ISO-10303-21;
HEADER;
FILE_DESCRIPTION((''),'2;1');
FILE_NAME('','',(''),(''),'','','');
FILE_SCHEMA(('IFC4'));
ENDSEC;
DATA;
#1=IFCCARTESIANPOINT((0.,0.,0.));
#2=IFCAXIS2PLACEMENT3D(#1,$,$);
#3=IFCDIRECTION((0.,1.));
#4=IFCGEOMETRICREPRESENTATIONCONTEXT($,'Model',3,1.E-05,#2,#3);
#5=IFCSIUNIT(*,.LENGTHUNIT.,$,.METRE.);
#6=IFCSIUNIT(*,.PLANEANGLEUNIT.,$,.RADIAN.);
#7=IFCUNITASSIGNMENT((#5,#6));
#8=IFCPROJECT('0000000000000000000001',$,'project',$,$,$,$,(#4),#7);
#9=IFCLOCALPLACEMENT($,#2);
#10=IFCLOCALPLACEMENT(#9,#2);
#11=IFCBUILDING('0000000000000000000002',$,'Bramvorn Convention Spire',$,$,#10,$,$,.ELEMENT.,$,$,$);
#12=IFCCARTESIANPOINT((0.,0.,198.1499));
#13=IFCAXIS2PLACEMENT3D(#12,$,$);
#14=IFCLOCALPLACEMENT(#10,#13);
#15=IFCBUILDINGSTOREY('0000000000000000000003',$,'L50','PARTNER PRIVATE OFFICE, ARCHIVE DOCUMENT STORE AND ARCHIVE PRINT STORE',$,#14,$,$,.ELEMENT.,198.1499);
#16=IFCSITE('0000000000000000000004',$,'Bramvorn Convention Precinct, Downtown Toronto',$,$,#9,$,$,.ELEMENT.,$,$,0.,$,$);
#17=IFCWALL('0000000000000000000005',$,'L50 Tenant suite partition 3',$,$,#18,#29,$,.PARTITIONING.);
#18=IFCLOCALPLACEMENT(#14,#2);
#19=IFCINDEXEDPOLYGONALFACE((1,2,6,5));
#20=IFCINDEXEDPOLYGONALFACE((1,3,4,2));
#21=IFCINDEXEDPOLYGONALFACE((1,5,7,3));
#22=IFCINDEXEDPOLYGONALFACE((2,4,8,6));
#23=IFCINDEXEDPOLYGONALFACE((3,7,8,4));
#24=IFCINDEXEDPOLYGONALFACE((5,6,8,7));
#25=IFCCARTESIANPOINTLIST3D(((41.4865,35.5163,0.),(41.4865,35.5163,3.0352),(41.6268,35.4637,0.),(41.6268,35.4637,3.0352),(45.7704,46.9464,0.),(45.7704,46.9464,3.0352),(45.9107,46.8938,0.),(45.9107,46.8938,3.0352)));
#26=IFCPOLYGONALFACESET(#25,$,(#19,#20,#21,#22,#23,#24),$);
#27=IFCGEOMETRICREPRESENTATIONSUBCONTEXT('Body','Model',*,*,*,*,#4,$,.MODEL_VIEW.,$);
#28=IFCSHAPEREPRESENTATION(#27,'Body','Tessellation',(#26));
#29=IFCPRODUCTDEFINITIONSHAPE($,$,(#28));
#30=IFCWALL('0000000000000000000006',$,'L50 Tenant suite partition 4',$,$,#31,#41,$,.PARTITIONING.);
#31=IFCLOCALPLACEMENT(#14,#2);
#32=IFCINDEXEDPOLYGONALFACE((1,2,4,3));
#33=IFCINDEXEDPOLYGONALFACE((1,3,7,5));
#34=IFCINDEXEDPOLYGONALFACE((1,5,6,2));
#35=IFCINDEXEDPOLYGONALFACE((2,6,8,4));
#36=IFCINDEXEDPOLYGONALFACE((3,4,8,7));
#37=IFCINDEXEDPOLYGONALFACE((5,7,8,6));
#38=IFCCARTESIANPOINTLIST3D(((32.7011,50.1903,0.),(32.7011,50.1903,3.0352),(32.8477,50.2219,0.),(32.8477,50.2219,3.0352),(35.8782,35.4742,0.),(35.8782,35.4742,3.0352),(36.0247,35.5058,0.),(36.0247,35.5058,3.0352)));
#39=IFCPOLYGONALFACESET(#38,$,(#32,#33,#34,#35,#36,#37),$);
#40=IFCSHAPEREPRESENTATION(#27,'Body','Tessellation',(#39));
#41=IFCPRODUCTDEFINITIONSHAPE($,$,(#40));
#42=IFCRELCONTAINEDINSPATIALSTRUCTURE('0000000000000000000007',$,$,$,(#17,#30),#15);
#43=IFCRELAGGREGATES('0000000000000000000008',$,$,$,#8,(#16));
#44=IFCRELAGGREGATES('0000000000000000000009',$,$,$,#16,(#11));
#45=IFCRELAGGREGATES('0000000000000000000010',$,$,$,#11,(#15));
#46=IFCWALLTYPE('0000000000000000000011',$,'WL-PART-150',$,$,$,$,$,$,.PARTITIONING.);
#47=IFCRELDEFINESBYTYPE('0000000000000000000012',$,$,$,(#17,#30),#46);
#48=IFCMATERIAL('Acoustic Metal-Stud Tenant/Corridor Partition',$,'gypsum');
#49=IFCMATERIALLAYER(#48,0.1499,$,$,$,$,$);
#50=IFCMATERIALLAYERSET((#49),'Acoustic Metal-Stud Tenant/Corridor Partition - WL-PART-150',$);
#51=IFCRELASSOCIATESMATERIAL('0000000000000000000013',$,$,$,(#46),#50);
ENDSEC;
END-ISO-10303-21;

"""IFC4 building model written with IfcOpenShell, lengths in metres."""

from ifc_helpers import new_model, si_unit, direction, frame, frame_2d, origin, place, context, subcontext, project, spatial, rectangle, extrude, material, layer, layer_set, type_object, element, save


model = new_model("IFC4")

# Units and contexts
model_context = context("Model", 3, precision=1e-05, world=origin(), true_north=direction((0.0, 1.0)))
body_context = subcontext(model_context, "Body", "Model", "MODEL_VIEW")
ifc_project = project(units=[si_unit("LENGTHUNIT", "METRE"), si_unit("PLANEANGLEUNIT", "RADIAN")], contexts=[model_context])

# Site, building, storey
site_placement = place(None, origin())
site = spatial("IfcSite", under=ifc_project, at=site_placement, Name="Bramvorn Convention Precinct, Downtown Toronto", CompositionType="ELEMENT", RefElevation=0.0)
building_placement = place(site_placement, origin())
building = spatial("IfcBuilding", under=site, at=building_placement, Name="Bramvorn Convention Spire", CompositionType="ELEMENT")
storey_placement = place(building_placement, frame((0.0, 0.0, 198.1499)))
storey = spatial("IfcBuildingStorey", under=building, at=storey_placement, Name="L50", Description="PARTNER PRIVATE OFFICE, ARCHIVE DOCUMENT STORE AND ARCHIVE PRINT STORE", CompositionType="ELEMENT", Elevation=198.1499)

# Walls
ifc_material_1 = material(Name="Acoustic Metal-Stud Tenant/Corridor Partition", Category="gypsum")
ifc_layer_1 = layer(ifc_material_1, 0.1499)
ifc_layer_set_1 = layer_set([ifc_layer_1], Name="Acoustic Metal-Stud Tenant/Corridor Partition - WL-PART-150")
wall_type_1 = type_object("IfcWallType", Name="WL-PART-150", PredefinedType="PARTITIONING", material=ifc_layer_set_1)
wall_1_placement = place(storey_placement, frame((41.5566, 35.49, 0.0), z_axis=(0.0, 0.0, 1.0), x_axis=(0.350952, 0.936393, 0.0)))
element("IfcWall", 1, at=wall_1_placement, inside=storey, type_object=wall_type_1, Name="L50 Tenant suite partition 3", PredefinedType="PARTITIONING", context=body_context, shape_type="SweptSolid", body=[
    extrude(rectangle(XDim=12.2065, YDim=0.1499, at=frame_2d((6.1033, 0.0))), origin(), (0.0, 0.0, 1.0), 3.0352),
])
wall_2_placement = place(storey_placement, frame((35.9514, 35.49, 0.0), z_axis=(0.0, 0.0, 1.0), x_axis=(-0.211025, 0.977481, 0.0)))
element("IfcWall", 2, at=wall_2_placement, inside=storey, type_object=wall_type_1, Name="L50 Tenant suite partition 4", PredefinedType="PARTITIONING", context=body_context, shape_type="SweptSolid", body=[
    extrude(rectangle(XDim=15.0552, YDim=0.1499, at=frame_2d((7.5276, 0.0))), origin(), (0.0, 0.0, 1.0), 3.0352),
])

save(model, "model.ifc")
